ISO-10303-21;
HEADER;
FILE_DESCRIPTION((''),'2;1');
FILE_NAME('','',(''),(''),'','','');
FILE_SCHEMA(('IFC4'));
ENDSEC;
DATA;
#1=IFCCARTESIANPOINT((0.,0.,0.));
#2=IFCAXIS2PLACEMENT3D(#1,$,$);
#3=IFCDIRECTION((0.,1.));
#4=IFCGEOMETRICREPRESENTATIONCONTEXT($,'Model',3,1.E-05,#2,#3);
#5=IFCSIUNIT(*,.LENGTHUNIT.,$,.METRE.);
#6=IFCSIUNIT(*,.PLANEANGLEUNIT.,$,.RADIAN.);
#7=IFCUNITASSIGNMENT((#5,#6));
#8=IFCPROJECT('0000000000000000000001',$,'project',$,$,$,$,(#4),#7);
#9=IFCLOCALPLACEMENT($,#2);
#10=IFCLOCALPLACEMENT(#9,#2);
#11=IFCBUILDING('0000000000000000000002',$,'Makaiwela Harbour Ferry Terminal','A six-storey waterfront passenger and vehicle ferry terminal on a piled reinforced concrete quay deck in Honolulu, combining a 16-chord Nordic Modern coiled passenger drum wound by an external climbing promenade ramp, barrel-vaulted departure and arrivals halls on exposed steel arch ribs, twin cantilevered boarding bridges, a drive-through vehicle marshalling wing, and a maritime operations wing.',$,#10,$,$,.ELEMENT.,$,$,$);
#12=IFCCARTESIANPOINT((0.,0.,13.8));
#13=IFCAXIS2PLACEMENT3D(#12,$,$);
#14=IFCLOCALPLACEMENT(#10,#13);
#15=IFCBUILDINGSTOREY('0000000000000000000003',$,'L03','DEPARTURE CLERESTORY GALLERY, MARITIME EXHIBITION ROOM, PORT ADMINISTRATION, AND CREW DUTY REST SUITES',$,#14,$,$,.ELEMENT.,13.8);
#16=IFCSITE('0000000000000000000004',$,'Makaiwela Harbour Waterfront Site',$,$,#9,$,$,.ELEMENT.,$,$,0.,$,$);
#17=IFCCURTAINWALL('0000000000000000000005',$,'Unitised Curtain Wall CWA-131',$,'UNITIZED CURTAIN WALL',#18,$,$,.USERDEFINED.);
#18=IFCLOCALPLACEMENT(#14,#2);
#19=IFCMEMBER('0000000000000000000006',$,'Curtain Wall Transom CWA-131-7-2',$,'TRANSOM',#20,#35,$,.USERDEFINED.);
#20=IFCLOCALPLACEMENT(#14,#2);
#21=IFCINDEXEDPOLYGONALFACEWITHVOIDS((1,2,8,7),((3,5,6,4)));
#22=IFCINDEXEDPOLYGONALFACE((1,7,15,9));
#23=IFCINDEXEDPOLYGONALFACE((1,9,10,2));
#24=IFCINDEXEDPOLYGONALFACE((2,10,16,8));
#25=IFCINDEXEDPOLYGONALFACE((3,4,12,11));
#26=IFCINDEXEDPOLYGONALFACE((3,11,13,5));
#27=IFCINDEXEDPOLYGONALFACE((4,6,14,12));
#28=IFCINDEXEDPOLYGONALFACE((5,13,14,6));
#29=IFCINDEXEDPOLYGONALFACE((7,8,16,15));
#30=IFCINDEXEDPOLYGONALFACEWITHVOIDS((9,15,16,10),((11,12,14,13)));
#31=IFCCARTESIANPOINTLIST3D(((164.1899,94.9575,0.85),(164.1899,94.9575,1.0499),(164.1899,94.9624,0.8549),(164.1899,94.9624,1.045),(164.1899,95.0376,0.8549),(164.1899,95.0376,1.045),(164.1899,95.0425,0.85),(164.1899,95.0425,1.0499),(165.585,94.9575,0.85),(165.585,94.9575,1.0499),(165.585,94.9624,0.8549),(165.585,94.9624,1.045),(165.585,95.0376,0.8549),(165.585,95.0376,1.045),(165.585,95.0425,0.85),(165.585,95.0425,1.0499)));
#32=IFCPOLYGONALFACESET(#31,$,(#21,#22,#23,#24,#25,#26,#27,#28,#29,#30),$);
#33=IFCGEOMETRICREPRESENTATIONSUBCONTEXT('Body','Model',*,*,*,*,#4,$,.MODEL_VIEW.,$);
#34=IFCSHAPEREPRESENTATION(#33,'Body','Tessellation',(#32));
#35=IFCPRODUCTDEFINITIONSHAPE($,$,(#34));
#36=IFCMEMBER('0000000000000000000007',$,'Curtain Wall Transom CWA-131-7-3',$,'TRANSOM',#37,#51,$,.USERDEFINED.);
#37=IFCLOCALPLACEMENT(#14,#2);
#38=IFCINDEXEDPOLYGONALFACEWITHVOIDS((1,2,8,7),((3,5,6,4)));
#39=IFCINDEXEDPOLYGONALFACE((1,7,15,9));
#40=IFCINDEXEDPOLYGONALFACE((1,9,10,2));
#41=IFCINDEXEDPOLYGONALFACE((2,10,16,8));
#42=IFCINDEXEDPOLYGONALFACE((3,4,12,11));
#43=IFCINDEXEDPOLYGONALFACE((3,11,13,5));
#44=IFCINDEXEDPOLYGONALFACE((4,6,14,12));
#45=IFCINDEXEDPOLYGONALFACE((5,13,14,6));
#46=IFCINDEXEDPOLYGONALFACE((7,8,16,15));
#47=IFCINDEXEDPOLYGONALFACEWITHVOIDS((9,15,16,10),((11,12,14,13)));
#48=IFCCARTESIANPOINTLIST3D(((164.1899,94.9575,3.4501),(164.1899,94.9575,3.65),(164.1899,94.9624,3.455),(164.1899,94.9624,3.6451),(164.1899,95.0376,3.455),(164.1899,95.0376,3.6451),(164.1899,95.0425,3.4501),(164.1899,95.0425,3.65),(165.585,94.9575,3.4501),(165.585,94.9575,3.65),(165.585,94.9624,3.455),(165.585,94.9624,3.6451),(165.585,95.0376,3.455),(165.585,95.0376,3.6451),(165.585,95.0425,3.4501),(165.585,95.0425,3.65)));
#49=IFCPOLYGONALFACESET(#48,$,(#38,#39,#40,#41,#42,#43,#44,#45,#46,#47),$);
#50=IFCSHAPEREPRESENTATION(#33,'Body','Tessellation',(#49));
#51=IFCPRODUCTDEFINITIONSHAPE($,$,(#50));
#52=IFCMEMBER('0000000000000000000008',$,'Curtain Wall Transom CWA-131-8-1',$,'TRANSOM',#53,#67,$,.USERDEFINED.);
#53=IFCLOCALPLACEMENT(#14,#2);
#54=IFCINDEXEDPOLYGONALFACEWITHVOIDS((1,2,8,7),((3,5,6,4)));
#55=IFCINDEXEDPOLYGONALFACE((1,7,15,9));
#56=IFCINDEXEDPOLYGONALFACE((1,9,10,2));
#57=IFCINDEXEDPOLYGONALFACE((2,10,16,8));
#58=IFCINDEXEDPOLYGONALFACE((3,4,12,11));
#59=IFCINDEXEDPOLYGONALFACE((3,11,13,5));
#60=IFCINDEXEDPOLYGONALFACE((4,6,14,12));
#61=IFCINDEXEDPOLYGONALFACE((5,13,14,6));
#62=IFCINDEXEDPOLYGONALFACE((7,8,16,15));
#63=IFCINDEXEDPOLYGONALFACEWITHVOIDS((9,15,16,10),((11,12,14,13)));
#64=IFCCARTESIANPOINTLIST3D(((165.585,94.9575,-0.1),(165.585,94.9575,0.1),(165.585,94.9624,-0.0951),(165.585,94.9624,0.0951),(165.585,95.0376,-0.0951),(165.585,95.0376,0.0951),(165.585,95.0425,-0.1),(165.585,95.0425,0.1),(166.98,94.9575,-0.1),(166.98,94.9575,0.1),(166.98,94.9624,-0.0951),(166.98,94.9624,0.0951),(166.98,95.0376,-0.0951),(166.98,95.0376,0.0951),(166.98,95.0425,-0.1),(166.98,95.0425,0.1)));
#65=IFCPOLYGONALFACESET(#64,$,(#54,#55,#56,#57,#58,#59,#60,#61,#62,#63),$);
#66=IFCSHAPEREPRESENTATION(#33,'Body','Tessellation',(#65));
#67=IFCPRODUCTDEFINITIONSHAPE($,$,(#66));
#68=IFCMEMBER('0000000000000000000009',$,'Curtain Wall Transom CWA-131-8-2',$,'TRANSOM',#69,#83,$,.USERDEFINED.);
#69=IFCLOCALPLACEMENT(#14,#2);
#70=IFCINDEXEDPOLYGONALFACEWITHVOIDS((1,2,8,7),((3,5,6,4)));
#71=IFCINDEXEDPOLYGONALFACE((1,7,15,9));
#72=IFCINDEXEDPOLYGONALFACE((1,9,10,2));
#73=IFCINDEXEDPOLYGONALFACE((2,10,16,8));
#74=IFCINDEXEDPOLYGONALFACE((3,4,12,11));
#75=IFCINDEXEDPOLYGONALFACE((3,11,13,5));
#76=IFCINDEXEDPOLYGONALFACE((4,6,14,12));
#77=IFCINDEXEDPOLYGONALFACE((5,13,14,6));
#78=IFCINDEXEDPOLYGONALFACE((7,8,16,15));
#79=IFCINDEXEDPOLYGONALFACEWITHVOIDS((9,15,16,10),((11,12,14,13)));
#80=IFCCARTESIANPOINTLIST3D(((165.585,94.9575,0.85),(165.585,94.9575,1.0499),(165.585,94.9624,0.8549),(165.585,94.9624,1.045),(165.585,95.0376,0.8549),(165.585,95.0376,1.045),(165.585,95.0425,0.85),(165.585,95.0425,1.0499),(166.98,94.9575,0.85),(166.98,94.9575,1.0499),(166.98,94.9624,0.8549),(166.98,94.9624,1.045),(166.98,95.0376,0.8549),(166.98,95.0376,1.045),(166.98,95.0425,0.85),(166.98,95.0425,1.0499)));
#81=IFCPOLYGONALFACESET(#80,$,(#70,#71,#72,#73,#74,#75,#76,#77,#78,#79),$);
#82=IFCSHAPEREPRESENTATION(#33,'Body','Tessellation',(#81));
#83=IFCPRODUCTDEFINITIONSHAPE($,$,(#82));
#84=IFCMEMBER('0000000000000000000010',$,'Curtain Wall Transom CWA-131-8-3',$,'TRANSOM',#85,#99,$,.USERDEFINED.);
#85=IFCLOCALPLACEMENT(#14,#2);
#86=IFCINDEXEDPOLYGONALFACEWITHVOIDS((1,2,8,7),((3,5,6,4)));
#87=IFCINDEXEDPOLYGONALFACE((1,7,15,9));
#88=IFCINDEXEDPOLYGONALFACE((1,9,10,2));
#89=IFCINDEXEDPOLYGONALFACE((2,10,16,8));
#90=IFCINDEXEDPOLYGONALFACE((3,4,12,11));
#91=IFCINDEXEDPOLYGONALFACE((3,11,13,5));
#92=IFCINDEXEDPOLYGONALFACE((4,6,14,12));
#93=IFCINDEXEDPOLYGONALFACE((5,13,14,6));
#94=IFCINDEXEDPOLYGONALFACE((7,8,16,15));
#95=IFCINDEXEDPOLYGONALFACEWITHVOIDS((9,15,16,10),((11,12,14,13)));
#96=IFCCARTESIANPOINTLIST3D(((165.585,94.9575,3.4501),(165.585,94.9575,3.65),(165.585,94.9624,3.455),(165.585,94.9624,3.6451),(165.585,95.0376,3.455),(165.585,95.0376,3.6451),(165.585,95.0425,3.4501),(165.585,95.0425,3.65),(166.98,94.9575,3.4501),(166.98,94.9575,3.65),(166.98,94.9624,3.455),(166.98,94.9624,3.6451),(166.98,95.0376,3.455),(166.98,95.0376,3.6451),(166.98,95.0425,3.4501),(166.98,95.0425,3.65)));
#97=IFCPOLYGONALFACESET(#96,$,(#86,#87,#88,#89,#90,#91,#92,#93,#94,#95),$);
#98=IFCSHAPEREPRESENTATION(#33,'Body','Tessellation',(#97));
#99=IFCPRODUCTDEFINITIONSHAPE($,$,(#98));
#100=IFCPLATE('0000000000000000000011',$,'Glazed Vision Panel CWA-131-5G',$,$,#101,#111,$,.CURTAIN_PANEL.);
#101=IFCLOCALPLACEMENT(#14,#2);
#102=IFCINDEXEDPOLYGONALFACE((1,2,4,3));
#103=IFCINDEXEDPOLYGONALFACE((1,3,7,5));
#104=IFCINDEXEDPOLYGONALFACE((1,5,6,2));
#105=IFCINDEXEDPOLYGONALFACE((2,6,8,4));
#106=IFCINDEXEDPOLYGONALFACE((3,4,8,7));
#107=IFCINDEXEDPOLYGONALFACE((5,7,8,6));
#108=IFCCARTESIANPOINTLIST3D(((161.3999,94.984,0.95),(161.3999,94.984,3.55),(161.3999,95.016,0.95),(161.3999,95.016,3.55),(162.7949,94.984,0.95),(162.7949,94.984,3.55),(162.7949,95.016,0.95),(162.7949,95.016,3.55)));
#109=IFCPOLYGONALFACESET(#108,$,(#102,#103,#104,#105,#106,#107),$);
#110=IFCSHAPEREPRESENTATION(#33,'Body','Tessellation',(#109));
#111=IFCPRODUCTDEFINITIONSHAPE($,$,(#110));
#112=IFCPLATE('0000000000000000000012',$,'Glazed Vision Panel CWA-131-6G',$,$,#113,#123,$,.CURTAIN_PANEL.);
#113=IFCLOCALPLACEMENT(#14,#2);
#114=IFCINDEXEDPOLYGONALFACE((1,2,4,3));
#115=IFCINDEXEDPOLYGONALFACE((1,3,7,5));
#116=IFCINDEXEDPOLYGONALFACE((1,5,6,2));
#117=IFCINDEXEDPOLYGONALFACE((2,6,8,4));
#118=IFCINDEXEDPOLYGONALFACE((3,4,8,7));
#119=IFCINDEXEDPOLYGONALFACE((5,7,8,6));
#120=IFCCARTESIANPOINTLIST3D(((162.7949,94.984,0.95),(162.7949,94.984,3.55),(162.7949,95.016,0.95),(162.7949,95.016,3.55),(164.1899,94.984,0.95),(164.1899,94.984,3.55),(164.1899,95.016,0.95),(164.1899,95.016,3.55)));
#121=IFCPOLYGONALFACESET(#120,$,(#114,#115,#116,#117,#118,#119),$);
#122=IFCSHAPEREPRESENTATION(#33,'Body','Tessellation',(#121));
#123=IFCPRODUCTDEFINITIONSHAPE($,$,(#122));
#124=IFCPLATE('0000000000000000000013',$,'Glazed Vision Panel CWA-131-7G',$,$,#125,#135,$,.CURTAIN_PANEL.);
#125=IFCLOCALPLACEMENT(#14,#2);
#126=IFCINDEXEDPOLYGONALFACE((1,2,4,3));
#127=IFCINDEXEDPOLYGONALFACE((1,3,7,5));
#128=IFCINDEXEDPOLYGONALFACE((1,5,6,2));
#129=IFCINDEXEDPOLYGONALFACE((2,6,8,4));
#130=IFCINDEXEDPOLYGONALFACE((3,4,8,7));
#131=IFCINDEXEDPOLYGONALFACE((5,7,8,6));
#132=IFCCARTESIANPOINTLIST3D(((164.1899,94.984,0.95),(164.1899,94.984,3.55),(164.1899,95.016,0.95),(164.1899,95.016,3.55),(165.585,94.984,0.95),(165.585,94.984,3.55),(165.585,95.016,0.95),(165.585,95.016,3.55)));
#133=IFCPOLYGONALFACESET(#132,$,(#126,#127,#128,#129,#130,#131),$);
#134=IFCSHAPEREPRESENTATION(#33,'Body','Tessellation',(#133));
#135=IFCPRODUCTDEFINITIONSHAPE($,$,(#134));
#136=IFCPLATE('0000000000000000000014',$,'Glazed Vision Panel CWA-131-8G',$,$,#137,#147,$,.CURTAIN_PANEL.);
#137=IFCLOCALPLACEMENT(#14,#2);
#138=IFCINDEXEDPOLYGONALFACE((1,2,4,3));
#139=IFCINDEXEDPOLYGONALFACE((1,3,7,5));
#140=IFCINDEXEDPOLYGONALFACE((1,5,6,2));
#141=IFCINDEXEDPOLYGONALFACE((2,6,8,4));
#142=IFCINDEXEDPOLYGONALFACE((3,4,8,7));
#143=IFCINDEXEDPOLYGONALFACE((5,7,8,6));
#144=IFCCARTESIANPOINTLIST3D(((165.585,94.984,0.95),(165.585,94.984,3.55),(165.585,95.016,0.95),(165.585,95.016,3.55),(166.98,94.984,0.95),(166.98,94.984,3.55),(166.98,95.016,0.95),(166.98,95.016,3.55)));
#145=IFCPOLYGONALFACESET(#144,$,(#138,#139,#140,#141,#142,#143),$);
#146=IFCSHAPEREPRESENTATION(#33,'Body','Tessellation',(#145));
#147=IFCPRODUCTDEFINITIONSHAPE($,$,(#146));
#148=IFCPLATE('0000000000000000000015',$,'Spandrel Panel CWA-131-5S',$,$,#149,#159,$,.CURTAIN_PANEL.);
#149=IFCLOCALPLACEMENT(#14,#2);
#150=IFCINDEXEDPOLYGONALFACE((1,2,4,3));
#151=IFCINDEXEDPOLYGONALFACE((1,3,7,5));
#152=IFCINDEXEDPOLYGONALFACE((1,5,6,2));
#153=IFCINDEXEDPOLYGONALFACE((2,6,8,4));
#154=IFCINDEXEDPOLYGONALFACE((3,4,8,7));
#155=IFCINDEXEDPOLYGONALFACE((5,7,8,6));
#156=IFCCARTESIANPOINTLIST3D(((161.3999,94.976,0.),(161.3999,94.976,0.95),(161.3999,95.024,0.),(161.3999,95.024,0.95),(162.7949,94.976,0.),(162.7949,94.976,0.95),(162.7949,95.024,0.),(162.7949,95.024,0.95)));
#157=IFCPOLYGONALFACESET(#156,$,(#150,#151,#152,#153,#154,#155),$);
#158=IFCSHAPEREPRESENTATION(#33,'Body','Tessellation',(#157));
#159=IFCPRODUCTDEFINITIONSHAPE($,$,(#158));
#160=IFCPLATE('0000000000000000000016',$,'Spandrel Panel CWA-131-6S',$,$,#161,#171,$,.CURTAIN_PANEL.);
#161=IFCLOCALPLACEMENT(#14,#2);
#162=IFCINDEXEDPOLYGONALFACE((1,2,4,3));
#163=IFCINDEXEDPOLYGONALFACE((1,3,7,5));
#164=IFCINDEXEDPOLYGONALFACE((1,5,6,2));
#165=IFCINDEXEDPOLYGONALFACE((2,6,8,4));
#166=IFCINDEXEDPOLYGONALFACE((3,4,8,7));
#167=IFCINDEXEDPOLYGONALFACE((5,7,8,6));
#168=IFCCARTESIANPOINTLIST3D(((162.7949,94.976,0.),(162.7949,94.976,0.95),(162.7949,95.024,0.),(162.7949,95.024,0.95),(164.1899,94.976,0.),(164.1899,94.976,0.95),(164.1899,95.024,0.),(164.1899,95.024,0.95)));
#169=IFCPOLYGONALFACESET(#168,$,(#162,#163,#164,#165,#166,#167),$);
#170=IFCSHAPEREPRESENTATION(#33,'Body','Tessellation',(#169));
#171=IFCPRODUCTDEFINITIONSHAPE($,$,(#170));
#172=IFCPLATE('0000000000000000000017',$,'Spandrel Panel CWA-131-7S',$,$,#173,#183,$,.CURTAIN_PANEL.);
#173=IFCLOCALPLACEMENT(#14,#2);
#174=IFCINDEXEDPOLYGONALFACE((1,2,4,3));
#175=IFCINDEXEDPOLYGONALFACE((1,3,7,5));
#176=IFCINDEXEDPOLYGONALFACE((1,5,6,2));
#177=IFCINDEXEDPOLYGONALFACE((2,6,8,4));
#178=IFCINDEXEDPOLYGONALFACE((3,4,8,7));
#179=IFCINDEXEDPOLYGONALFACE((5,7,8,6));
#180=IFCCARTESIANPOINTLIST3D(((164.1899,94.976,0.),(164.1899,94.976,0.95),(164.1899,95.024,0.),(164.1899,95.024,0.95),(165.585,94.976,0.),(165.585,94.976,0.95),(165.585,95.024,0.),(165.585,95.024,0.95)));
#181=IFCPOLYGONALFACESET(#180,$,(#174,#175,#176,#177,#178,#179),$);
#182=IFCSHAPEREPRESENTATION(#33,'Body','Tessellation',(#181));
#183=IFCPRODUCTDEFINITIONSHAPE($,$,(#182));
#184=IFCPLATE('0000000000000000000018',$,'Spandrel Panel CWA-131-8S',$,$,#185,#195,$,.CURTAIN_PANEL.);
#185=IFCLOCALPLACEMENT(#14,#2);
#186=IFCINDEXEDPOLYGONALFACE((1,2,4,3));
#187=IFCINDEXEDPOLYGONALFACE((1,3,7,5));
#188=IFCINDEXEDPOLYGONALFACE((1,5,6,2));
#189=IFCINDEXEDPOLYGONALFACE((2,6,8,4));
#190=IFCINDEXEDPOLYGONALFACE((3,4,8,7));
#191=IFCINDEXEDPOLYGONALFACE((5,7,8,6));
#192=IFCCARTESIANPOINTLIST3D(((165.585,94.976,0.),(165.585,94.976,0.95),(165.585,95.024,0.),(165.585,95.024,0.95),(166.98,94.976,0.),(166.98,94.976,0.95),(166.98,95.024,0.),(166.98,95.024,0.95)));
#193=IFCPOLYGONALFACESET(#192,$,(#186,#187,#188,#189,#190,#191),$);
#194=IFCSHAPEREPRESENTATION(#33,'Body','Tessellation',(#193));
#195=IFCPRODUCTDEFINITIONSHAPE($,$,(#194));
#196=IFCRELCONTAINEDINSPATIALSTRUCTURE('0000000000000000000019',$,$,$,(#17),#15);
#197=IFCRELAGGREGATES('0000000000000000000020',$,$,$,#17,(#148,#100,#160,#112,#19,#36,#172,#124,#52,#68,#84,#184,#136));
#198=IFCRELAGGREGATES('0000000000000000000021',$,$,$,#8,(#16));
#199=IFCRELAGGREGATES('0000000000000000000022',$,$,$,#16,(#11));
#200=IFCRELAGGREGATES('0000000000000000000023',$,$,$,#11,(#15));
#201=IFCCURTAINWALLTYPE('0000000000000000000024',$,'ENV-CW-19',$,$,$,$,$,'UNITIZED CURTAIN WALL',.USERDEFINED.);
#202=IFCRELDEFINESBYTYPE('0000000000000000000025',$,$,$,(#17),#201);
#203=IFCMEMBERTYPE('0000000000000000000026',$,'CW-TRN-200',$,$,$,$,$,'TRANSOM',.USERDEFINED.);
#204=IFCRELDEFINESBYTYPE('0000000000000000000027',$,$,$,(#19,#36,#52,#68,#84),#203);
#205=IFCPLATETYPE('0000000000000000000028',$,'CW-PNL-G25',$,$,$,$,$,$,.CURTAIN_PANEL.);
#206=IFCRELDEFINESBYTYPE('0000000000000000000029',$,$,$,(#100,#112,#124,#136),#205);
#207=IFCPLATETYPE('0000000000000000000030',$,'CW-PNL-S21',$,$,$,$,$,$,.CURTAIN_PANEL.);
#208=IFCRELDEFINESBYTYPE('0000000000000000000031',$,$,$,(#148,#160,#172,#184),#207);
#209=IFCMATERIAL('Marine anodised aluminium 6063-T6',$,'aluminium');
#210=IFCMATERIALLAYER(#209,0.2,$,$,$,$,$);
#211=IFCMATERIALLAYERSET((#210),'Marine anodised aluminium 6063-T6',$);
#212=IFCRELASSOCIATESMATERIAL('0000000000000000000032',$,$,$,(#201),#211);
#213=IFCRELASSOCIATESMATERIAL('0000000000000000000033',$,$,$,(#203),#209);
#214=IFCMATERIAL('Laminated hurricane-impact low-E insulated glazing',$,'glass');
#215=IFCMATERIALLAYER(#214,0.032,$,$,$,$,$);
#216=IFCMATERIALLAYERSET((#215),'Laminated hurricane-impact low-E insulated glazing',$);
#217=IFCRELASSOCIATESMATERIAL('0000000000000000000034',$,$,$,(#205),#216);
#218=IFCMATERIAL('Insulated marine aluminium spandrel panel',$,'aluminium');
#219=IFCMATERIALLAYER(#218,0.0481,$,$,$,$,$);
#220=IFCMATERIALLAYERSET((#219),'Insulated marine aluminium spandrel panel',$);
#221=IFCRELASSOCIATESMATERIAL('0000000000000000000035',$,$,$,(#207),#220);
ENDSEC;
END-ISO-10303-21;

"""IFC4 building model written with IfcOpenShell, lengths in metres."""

from ifc_helpers import new_model, si_unit, direction, frame, origin, origin_2d, place, context, subcontext, project, spatial, rectangle, hollow_rectangle, extrude, material, layer, layer_set, material_profile, profile_set, type_object, element, aggregate, save


model = new_model("IFC4")

# Units and contexts
model_context = context("Model", 3, precision=1e-05, world=origin(), true_north=direction((0.0, 1.0)))
body_context = subcontext(model_context, "Body", "Model", "MODEL_VIEW")
ifc_project = project(units=[si_unit("LENGTHUNIT", "METRE"), si_unit("PLANEANGLEUNIT", "RADIAN")], contexts=[model_context])

# Site, building, storey
site_placement = place(None, origin())
site = spatial("IfcSite", under=ifc_project, at=site_placement, Name="Makaiwela Harbour Waterfront Site", CompositionType="ELEMENT", RefElevation=0.0)
building_placement = place(site_placement, origin())
building = spatial("IfcBuilding", under=site, at=building_placement, Name="Makaiwela Harbour Ferry Terminal", Description="A six-storey waterfront passenger and vehicle ferry terminal on a piled reinforced concrete quay deck in Honolulu, combining a 16-chord Nordic Modern coiled passenger drum wound by an external climbing promenade ramp, barrel-vaulted departure and arrivals halls on exposed steel arch ribs, twin cantilevered boarding bridges, a drive-through vehicle marshalling wing, and a maritime operations wing.", CompositionType="ELEMENT")
storey_placement = place(building_placement, frame((0.0, 0.0, 13.8)))
storey = spatial("IfcBuildingStorey", under=building, at=storey_placement, Name="L03", Description="DEPARTURE CLERESTORY GALLERY, MARITIME EXHIBITION ROOM, PORT ADMINISTRATION, AND CREW DUTY REST SUITES", CompositionType="ELEMENT", Elevation=13.8)

# Curtain wall, members, plates
ifc_material_1 = material(Name="Marine anodised aluminium 6063-T6", Category="aluminium")
ifc_layer_1 = layer(ifc_material_1, 0.2)
ifc_layer_set_1 = layer_set([ifc_layer_1], Name="Marine anodised aluminium 6063-T6")
curtain_wall_type = type_object("IfcCurtainWallType", Name="ENV-CW-19", ElementType="UNITIZED CURTAIN WALL", PredefinedType="USERDEFINED", material=ifc_layer_set_1)
curtain_wall_placement = place(storey_placement, origin())
curtain_wall = element("IfcCurtainWall", 1, at=curtain_wall_placement, inside=storey, type_object=curtain_wall_type, Name="Unitised Curtain Wall CWA-131", ObjectType="UNITIZED CURTAIN WALL", PredefinedType="USERDEFINED")
ifc_material_profile_1 = material_profile(ifc_material_1, hollow_rectangle(XDim=0.085, YDim=0.2, WallThickness=0.0049, at=origin_2d()), Name="CWT-200X85")
ifc_profile_set_1 = profile_set([ifc_material_profile_1], Name="Marine anodised aluminium 6063-T6")
member_type_1 = type_object("IfcMemberType", Name="CW-TRN-200", ElementType="TRANSOM", PredefinedType="USERDEFINED", material=ifc_profile_set_1)
member_1_placement = place(storey_placement, frame((164.1899, 95.0, 0.95), z_axis=(1.0, 0.0, 0.0), x_axis=(0.0, 1.0, 0.0)))
member_1 = element("IfcMember", 2, at=member_1_placement, type_object=member_type_1, Name="Curtain Wall Transom CWA-131-7-2", ObjectType="TRANSOM", PredefinedType="USERDEFINED", context=body_context, shape_type="SweptSolid", body=[
    extrude(hollow_rectangle(XDim=0.085, YDim=0.2, WallThickness=0.0049, at=origin_2d()), origin(), (0.0, 0.0, 1.0), 1.395),
])
member_2_placement = place(storey_placement, frame((164.1899, 95.0, 3.55), z_axis=(1.0, 0.0, 0.0), x_axis=(0.0, 1.0, 0.0)))
member_2 = element("IfcMember", 3, at=member_2_placement, type_object=member_type_1, Name="Curtain Wall Transom CWA-131-7-3", ObjectType="TRANSOM", PredefinedType="USERDEFINED", context=body_context, shape_type="SweptSolid", body=[
    extrude(hollow_rectangle(XDim=0.085, YDim=0.2, WallThickness=0.0049, at=origin_2d()), origin(), (0.0, 0.0, 1.0), 1.395),
])
member_3_placement = place(storey_placement, frame((165.585, 95.0, 0.0), z_axis=(1.0, 0.0, 0.0), x_axis=(0.0, 1.0, 0.0)))
member_3 = element("IfcMember", 4, at=member_3_placement, type_object=member_type_1, Name="Curtain Wall Transom CWA-131-8-1", ObjectType="TRANSOM", PredefinedType="USERDEFINED", context=body_context, shape_type="SweptSolid", body=[
    extrude(hollow_rectangle(XDim=0.085, YDim=0.2, WallThickness=0.0049, at=origin_2d()), origin(), (0.0, 0.0, 1.0), 1.395),
])
member_4_placement = place(storey_placement, frame((165.585, 95.0, 0.95), z_axis=(1.0, 0.0, 0.0), x_axis=(0.0, 1.0, 0.0)))
member_4 = element("IfcMember", 5, at=member_4_placement, type_object=member_type_1, Name="Curtain Wall Transom CWA-131-8-2", ObjectType="TRANSOM", PredefinedType="USERDEFINED", context=body_context, shape_type="SweptSolid", body=[
    extrude(hollow_rectangle(XDim=0.085, YDim=0.2, WallThickness=0.0049, at=origin_2d()), origin(), (0.0, 0.0, 1.0), 1.395),
])
member_5_placement = place(storey_placement, frame((165.585, 95.0, 3.55), z_axis=(1.0, 0.0, 0.0), x_axis=(0.0, 1.0, 0.0)))
member_5 = element("IfcMember", 6, at=member_5_placement, type_object=member_type_1, Name="Curtain Wall Transom CWA-131-8-3", ObjectType="TRANSOM", PredefinedType="USERDEFINED", context=body_context, shape_type="SweptSolid", body=[
    extrude(hollow_rectangle(XDim=0.085, YDim=0.2, WallThickness=0.0049, at=origin_2d()), origin(), (0.0, 0.0, 1.0), 1.395),
])
ifc_material_2 = material(Name="Laminated hurricane-impact low-E insulated glazing", Category="glass")
ifc_layer_2 = layer(ifc_material_2, 0.032)
ifc_layer_set_2 = layer_set([ifc_layer_2], Name="Laminated hurricane-impact low-E insulated glazing")
plate_type_1 = type_object("IfcPlateType", Name="CW-PNL-G25", PredefinedType="CURTAIN_PANEL", material=ifc_layer_set_2)
plate_1_placement = place(storey_placement, frame((162.0974, 95.0, 0.95), z_axis=(0.0, 0.0, 1.0), x_axis=(1.0, 0.0, 0.0)))
plate_1 = element("IfcPlate", 7, at=plate_1_placement, type_object=plate_type_1, Name="Glazed Vision Panel CWA-131-5G", PredefinedType="CURTAIN_PANEL", context=body_context, shape_type="SweptSolid", body=[
    extrude(rectangle(XDim=1.395, YDim=0.032, at=origin_2d()), origin(), (0.0, 0.0, 1.0), 2.6001),
])
plate_2_placement = place(storey_placement, frame((163.4924, 95.0, 0.95), z_axis=(0.0, 0.0, 1.0), x_axis=(1.0, 0.0, 0.0)))
plate_2 = element("IfcPlate", 8, at=plate_2_placement, type_object=plate_type_1, Name="Glazed Vision Panel CWA-131-6G", PredefinedType="CURTAIN_PANEL", context=body_context, shape_type="SweptSolid", body=[
    extrude(rectangle(XDim=1.395, YDim=0.032, at=origin_2d()), origin(), (0.0, 0.0, 1.0), 2.6001),
])
plate_3_placement = place(storey_placement, frame((164.8875, 95.0, 0.95), z_axis=(0.0, 0.0, 1.0), x_axis=(1.0, 0.0, 0.0)))
plate_3 = element("IfcPlate", 9, at=plate_3_placement, type_object=plate_type_1, Name="Glazed Vision Panel CWA-131-7G", PredefinedType="CURTAIN_PANEL", context=body_context, shape_type="SweptSolid", body=[
    extrude(rectangle(XDim=1.395, YDim=0.032, at=origin_2d()), origin(), (0.0, 0.0, 1.0), 2.6001),
])
plate_4_placement = place(storey_placement, frame((166.2825, 95.0, 0.95), z_axis=(0.0, 0.0, 1.0), x_axis=(1.0, 0.0, 0.0)))
plate_4 = element("IfcPlate", 10, at=plate_4_placement, type_object=plate_type_1, Name="Glazed Vision Panel CWA-131-8G", PredefinedType="CURTAIN_PANEL", context=body_context, shape_type="SweptSolid", body=[
    extrude(rectangle(XDim=1.395, YDim=0.032, at=origin_2d()), origin(), (0.0, 0.0, 1.0), 2.6001),
])
ifc_material_3 = material(Name="Insulated marine aluminium spandrel panel", Category="aluminium")
ifc_layer_3 = layer(ifc_material_3, 0.0481)
ifc_layer_set_3 = layer_set([ifc_layer_3], Name="Insulated marine aluminium spandrel panel")
plate_type_2 = type_object("IfcPlateType", Name="CW-PNL-S21", PredefinedType="CURTAIN_PANEL", material=ifc_layer_set_3)
plate_5_placement = place(storey_placement, frame((162.0974, 95.0, 0.0), z_axis=(0.0, 0.0, 1.0), x_axis=(1.0, 0.0, 0.0)))
plate_5 = element("IfcPlate", 11, at=plate_5_placement, type_object=plate_type_2, Name="Spandrel Panel CWA-131-5S", PredefinedType="CURTAIN_PANEL", context=body_context, shape_type="SweptSolid", body=[
    extrude(rectangle(XDim=1.395, YDim=0.0481, at=origin_2d()), origin(), (0.0, 0.0, 1.0), 0.95),
])
plate_6_placement = place(storey_placement, frame((163.4924, 95.0, 0.0), z_axis=(0.0, 0.0, 1.0), x_axis=(1.0, 0.0, 0.0)))
plate_6 = element("IfcPlate", 12, at=plate_6_placement, type_object=plate_type_2, Name="Spandrel Panel CWA-131-6S", PredefinedType="CURTAIN_PANEL", context=body_context, shape_type="SweptSolid", body=[
    extrude(rectangle(XDim=1.395, YDim=0.0481, at=origin_2d()), origin(), (0.0, 0.0, 1.0), 0.95),
])
plate_7_placement = place(storey_placement, frame((164.8875, 95.0, 0.0), z_axis=(0.0, 0.0, 1.0), x_axis=(1.0, 0.0, 0.0)))
plate_7 = element("IfcPlate", 13, at=plate_7_placement, type_object=plate_type_2, Name="Spandrel Panel CWA-131-7S", PredefinedType="CURTAIN_PANEL", context=body_context, shape_type="SweptSolid", body=[
    extrude(rectangle(XDim=1.395, YDim=0.0481, at=origin_2d()), origin(), (0.0, 0.0, 1.0), 0.95),
])
plate_8_placement = place(storey_placement, frame((166.2825, 95.0, 0.0), z_axis=(0.0, 0.0, 1.0), x_axis=(1.0, 0.0, 0.0)))
plate_8 = element("IfcPlate", 14, at=plate_8_placement, type_object=plate_type_2, Name="Spandrel Panel CWA-131-8S", PredefinedType="CURTAIN_PANEL", context=body_context, shape_type="SweptSolid", body=[
    extrude(rectangle(XDim=1.395, YDim=0.0481, at=origin_2d()), origin(), (0.0, 0.0, 1.0), 0.95),
])
aggregate(curtain_wall, [plate_5, plate_1, plate_6, plate_2, member_1, member_2, plate_7, plate_3, member_3, member_4, member_5, plate_8, plate_4])

save(model, "model.ifc")
